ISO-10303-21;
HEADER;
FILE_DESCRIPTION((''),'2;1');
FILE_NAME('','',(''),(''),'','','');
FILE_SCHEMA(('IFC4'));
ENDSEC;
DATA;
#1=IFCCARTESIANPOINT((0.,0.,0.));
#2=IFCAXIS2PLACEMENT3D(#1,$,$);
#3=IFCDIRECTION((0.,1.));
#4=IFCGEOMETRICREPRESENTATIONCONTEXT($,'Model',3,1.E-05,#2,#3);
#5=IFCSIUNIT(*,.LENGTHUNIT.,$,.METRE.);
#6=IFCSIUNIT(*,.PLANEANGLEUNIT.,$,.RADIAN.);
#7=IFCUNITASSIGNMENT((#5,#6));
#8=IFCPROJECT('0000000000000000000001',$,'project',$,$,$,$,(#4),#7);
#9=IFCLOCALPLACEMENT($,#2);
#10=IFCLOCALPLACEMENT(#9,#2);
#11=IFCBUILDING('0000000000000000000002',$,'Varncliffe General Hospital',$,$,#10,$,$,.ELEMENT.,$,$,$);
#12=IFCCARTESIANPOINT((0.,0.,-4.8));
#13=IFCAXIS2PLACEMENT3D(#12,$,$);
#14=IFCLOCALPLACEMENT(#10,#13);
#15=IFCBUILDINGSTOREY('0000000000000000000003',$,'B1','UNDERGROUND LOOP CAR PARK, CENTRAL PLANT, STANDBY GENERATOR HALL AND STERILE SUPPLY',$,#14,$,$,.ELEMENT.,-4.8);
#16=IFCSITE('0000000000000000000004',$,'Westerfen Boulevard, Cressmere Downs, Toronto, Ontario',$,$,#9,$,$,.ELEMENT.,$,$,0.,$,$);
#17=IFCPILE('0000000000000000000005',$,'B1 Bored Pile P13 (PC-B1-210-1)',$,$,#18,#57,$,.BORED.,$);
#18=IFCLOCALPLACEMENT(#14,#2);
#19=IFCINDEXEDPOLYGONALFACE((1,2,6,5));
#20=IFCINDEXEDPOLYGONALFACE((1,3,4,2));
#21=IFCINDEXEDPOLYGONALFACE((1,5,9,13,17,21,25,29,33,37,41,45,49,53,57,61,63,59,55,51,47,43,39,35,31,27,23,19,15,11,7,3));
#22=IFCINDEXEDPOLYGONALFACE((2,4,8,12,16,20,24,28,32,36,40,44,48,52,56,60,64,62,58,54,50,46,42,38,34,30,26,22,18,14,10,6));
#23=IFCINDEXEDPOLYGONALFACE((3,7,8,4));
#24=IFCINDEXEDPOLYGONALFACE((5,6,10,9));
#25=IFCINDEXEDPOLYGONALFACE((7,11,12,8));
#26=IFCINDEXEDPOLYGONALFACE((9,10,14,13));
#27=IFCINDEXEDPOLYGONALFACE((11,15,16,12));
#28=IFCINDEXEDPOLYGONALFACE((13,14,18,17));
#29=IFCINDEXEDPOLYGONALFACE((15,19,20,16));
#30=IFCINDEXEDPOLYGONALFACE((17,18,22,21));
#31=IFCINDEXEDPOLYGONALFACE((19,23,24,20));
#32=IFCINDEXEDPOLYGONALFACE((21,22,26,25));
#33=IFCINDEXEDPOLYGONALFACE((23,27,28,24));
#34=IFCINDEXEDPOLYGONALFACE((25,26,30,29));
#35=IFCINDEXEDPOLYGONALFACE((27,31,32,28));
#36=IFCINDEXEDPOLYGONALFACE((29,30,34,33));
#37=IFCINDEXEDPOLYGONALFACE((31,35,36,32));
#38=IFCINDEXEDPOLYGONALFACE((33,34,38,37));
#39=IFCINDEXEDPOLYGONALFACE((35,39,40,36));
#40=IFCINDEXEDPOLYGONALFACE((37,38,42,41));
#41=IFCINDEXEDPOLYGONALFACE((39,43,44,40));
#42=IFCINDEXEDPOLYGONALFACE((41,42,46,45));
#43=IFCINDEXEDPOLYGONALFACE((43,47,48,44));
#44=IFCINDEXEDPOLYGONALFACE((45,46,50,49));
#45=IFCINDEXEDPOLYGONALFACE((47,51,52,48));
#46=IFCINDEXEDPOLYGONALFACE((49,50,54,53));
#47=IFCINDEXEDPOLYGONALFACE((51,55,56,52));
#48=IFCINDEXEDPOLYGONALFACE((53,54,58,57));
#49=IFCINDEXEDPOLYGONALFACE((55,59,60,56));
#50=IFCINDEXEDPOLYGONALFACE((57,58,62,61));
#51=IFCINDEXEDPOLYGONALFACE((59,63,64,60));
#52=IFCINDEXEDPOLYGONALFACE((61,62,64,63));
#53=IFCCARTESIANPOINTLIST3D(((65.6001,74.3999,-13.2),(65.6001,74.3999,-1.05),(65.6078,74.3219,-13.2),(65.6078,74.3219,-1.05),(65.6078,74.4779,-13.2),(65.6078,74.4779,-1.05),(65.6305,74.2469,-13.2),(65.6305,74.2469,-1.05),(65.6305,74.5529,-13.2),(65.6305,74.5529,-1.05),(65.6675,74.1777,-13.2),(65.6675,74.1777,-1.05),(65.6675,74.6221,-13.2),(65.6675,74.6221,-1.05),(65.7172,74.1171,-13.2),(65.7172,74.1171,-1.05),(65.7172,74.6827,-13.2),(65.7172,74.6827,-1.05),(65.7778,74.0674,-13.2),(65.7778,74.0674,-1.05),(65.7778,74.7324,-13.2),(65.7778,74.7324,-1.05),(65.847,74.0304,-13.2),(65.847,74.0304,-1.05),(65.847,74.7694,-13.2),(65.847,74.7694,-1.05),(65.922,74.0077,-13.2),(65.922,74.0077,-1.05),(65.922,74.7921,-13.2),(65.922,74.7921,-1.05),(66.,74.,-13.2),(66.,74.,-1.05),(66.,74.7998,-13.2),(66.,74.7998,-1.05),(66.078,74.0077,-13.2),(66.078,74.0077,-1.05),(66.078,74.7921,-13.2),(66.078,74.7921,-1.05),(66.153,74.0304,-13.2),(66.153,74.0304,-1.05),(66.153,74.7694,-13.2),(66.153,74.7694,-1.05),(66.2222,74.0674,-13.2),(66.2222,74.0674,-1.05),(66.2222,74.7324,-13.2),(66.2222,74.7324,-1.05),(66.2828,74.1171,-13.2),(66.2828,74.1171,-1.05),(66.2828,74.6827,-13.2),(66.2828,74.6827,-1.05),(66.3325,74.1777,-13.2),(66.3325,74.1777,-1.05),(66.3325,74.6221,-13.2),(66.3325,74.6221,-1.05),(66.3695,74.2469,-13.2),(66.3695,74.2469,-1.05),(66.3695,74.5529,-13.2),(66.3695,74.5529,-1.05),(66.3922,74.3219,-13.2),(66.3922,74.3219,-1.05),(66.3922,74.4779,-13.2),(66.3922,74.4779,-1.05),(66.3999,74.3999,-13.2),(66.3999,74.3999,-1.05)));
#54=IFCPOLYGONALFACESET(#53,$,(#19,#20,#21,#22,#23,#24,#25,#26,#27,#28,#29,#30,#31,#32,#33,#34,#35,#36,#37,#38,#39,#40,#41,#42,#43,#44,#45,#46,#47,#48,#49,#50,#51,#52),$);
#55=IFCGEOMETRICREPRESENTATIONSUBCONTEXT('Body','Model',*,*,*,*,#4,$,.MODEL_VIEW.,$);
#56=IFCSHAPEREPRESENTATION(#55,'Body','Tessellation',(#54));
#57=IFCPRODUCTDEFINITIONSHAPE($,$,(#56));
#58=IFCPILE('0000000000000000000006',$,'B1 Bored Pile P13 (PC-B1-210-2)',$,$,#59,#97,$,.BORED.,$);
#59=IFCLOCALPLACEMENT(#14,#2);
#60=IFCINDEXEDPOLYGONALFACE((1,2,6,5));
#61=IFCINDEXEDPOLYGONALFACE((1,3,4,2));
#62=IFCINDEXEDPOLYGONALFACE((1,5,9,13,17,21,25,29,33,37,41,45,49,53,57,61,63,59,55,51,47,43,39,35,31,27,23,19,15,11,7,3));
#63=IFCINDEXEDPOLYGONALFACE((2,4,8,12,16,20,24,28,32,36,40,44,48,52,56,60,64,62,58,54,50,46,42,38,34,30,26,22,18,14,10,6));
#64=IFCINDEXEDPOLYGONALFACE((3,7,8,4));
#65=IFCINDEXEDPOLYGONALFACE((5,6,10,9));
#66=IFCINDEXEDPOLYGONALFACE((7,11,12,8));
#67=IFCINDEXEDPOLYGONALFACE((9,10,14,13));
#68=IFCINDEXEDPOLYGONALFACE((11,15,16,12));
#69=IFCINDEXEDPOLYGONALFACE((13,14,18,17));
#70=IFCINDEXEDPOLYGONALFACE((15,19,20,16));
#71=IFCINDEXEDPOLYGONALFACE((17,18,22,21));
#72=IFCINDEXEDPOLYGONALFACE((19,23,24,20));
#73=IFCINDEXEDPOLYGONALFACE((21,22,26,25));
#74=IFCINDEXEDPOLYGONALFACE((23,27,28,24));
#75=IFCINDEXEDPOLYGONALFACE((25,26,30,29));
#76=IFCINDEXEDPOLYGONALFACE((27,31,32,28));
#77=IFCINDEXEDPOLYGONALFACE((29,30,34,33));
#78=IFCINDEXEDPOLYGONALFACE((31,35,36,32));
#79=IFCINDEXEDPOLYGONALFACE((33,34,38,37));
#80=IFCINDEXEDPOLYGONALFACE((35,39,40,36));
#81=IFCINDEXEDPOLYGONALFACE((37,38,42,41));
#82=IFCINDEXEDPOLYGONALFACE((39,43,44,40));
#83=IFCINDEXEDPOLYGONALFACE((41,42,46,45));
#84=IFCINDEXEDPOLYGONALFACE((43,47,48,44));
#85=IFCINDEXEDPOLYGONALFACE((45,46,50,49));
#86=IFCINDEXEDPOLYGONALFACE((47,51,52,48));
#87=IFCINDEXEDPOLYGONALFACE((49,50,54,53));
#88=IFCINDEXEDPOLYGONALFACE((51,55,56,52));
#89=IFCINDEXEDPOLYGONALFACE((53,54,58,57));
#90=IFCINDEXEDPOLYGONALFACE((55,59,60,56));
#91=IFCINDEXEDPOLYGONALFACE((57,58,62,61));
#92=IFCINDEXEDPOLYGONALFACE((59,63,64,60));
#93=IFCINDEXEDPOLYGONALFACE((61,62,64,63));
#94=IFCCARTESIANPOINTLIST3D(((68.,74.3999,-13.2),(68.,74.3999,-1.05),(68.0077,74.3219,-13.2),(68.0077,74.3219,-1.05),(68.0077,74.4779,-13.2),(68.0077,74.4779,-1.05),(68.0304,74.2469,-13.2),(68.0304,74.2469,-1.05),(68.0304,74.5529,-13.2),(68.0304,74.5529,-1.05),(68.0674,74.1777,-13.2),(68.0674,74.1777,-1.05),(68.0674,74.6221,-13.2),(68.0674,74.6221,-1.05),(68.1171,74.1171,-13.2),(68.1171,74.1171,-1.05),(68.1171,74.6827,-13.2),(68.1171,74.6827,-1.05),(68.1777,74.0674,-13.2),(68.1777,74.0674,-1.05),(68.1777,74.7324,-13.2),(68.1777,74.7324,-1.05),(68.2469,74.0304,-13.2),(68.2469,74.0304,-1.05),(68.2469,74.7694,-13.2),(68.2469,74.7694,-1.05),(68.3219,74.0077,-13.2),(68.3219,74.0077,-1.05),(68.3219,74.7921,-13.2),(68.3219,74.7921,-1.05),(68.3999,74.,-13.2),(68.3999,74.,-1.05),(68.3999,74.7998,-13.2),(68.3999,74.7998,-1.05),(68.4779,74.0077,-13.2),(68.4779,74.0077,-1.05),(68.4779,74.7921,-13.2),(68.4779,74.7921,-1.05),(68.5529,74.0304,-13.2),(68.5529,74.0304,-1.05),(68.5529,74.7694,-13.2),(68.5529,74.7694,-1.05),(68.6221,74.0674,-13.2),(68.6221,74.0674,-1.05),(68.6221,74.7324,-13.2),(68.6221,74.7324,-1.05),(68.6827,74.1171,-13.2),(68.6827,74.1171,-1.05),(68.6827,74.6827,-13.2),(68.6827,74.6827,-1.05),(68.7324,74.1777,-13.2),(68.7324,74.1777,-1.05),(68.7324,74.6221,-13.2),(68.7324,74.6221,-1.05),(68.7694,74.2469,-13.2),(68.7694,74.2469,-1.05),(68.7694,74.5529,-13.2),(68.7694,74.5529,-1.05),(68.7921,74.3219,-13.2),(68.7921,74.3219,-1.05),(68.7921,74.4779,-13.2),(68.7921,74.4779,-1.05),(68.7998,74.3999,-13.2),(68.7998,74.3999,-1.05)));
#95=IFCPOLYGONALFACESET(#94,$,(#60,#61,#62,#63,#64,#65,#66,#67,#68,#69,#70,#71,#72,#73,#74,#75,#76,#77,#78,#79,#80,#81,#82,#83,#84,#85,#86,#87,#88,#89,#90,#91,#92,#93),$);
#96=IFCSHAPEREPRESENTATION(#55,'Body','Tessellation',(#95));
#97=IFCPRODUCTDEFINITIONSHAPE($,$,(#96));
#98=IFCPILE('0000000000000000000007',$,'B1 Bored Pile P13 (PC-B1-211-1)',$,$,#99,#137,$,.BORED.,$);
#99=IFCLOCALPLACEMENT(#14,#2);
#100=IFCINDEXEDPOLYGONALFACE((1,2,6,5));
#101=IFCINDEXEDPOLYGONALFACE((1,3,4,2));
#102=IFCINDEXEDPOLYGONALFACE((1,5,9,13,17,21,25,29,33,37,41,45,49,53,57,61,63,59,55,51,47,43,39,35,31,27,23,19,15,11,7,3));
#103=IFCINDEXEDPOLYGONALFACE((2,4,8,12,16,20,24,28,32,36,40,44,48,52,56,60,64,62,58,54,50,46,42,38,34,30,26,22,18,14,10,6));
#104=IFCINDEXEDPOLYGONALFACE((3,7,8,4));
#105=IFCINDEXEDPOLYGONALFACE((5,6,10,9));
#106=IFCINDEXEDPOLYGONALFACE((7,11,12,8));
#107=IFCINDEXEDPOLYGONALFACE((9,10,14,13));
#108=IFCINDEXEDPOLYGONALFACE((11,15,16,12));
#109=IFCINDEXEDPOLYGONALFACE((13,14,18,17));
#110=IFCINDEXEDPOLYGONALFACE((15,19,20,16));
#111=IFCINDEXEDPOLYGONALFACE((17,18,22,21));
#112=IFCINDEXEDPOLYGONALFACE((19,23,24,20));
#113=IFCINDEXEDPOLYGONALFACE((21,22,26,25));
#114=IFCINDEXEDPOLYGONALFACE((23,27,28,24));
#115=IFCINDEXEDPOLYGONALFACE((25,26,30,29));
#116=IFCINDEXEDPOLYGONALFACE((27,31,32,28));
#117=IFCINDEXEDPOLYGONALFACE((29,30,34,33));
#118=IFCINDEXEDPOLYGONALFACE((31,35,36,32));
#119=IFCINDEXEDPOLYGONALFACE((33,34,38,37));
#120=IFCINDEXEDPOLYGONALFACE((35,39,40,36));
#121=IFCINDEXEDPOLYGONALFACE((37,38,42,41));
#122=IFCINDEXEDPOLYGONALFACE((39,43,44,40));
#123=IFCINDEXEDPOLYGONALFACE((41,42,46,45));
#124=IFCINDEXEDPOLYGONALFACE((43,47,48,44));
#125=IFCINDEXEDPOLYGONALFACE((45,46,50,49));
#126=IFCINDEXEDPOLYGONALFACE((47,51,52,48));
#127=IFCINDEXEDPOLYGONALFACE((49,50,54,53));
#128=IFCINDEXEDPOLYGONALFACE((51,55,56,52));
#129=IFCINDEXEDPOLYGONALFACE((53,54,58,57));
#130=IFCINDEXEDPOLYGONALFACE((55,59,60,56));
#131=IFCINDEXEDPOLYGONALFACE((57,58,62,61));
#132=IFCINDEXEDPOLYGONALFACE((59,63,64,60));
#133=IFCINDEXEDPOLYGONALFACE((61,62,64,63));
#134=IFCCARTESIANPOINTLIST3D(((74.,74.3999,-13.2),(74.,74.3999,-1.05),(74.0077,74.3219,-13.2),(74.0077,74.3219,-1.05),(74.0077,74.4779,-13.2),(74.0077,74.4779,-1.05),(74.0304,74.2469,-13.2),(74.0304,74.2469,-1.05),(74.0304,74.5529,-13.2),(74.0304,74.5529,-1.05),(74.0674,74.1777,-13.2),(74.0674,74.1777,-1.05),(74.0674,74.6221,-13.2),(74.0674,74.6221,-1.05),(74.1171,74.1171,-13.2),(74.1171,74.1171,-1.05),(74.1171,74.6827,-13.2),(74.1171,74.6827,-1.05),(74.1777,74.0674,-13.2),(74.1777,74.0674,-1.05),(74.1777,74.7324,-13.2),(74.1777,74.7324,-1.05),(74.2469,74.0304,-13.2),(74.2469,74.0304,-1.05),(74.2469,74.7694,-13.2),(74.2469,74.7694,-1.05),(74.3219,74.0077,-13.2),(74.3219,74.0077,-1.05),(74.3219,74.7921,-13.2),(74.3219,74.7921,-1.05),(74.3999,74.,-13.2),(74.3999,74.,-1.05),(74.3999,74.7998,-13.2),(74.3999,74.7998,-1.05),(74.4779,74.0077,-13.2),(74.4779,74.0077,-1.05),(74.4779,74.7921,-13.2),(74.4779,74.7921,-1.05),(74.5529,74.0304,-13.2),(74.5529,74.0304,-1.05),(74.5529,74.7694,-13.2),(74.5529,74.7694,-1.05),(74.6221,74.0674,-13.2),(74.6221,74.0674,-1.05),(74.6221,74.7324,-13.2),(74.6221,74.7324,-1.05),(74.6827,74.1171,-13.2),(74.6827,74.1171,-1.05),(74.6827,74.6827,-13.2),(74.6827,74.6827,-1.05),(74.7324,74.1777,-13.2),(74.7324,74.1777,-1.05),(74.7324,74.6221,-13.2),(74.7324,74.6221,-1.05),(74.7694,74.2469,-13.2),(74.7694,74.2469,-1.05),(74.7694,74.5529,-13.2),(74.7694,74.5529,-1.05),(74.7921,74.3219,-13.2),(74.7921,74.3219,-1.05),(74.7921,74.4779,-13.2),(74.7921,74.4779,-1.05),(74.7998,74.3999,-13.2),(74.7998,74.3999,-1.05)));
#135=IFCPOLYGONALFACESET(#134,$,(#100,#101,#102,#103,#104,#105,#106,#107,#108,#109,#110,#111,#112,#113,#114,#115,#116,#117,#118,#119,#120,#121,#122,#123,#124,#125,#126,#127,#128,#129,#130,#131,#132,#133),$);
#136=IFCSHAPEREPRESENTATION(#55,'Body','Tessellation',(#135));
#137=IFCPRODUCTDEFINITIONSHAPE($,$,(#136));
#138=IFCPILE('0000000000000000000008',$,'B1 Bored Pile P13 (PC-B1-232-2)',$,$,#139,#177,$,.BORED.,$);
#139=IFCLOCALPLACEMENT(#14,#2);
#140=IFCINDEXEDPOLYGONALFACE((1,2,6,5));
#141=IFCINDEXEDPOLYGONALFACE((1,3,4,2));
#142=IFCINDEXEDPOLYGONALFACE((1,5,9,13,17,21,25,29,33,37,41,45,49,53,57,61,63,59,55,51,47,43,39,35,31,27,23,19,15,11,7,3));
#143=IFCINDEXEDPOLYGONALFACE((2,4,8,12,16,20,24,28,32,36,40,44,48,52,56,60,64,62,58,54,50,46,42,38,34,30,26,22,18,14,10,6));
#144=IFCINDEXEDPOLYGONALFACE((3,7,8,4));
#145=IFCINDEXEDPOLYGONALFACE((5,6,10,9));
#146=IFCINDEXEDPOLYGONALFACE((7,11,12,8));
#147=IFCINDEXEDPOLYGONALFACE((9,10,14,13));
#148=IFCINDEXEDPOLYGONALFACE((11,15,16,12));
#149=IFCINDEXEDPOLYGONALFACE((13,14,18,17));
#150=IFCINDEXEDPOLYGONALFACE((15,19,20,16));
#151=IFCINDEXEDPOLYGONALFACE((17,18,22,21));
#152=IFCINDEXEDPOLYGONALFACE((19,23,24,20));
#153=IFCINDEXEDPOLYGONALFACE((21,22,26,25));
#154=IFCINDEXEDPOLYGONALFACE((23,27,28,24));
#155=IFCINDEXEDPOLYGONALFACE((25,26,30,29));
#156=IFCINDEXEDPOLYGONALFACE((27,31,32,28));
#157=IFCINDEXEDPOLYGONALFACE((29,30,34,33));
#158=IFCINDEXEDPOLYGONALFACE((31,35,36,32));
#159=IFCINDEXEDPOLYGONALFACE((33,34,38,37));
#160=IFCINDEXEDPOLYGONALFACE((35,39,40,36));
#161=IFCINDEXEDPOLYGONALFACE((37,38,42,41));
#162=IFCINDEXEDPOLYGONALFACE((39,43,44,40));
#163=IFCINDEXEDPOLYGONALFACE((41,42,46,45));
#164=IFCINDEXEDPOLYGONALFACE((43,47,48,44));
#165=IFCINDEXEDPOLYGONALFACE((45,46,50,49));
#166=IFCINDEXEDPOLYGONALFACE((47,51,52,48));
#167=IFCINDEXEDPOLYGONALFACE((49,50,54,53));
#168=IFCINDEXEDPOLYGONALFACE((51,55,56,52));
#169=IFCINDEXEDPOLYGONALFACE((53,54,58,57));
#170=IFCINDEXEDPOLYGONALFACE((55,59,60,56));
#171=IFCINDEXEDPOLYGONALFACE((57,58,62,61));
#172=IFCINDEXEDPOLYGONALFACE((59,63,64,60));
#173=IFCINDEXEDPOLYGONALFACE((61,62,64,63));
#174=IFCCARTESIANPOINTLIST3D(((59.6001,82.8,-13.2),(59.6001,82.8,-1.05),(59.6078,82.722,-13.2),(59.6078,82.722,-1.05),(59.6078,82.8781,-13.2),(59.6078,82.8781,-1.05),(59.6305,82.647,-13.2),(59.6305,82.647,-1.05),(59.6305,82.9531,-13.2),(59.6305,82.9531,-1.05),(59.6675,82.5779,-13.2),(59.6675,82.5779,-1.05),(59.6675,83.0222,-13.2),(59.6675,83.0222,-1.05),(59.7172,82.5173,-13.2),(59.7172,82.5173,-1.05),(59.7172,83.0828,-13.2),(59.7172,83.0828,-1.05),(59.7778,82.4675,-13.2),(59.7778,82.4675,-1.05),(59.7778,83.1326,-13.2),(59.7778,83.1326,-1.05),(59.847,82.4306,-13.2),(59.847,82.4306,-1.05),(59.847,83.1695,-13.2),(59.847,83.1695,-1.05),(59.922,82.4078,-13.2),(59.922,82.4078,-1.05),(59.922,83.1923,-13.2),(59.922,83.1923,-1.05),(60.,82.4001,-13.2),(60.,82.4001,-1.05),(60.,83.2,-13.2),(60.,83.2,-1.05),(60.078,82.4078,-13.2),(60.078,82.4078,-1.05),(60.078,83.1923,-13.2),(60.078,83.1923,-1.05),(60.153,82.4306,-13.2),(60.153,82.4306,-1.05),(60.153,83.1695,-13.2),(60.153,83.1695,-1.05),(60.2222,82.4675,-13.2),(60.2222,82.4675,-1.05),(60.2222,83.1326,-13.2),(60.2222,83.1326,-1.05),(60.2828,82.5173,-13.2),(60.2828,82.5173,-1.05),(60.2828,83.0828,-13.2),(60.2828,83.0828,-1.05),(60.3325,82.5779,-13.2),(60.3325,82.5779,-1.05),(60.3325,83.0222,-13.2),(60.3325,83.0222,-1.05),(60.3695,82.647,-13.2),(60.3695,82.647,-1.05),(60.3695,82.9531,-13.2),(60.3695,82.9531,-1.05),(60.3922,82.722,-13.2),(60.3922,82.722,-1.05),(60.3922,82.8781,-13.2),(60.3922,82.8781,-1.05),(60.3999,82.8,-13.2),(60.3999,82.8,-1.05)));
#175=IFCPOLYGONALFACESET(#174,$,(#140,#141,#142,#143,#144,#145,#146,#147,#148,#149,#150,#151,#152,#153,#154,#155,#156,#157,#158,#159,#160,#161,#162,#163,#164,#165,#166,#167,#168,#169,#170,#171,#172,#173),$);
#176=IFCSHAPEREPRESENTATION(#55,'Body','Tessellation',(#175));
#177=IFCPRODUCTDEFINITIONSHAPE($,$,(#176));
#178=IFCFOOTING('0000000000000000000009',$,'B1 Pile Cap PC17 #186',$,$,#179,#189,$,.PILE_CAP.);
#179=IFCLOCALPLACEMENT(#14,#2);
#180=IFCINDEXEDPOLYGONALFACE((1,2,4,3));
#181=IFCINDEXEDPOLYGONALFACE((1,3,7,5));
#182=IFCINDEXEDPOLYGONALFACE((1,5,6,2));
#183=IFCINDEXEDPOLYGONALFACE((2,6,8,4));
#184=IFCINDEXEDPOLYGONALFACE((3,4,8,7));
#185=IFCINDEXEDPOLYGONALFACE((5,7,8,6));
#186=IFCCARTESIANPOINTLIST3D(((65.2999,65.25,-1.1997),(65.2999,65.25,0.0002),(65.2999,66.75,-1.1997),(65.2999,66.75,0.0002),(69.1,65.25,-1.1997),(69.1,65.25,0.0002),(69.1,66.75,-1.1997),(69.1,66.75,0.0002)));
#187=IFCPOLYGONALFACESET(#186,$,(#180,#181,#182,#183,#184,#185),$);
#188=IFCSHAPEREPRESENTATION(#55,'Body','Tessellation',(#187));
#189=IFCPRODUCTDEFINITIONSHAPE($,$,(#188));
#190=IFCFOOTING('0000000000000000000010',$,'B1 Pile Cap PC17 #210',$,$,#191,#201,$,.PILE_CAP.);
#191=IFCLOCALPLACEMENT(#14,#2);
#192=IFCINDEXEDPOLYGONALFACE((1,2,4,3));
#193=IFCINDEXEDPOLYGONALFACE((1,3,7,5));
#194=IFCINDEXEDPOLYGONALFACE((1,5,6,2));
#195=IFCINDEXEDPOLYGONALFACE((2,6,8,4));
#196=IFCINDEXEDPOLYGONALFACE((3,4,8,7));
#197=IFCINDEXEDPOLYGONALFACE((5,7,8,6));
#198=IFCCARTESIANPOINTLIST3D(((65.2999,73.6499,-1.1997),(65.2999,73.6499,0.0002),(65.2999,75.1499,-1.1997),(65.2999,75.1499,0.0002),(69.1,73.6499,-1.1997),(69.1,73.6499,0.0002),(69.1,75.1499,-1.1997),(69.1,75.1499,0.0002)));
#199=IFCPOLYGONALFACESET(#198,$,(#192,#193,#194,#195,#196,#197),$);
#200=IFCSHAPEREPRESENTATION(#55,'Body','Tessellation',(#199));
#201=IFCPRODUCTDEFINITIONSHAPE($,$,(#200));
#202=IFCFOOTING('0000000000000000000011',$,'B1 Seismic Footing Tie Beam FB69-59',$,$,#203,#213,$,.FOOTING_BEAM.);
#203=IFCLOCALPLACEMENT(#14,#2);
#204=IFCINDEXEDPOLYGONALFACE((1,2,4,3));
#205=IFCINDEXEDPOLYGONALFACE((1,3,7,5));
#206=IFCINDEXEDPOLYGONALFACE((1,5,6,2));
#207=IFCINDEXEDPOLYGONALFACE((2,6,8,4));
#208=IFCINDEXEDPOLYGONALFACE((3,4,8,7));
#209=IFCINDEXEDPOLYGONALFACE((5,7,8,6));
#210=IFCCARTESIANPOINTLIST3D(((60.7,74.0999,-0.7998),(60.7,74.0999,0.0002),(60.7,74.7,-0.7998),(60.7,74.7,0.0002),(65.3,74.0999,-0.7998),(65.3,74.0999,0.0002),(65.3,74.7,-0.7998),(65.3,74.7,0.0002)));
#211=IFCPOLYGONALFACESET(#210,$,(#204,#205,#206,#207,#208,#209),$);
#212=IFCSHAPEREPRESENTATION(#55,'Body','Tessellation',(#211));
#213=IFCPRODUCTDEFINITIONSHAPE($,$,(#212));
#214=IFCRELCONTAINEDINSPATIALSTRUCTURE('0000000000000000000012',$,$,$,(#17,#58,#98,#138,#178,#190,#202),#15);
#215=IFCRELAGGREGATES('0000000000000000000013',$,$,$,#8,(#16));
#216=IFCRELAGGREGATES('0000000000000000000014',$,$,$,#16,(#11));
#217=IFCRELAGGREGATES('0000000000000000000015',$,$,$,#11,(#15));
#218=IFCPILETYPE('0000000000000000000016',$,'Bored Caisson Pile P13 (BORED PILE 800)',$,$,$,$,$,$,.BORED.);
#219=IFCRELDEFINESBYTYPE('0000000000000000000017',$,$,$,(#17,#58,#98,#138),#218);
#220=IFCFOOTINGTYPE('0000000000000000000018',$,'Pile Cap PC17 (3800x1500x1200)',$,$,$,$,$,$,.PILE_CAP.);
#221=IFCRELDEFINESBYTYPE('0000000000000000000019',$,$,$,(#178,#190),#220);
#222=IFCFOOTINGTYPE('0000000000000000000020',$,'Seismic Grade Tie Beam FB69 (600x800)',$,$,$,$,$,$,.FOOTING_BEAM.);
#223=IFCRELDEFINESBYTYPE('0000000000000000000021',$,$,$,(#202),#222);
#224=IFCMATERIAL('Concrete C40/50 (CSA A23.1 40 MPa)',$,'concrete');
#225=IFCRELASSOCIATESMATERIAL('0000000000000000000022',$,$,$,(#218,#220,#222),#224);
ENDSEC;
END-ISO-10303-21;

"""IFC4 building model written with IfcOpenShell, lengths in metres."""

from ifc_helpers import new_model, si_unit, direction, frame, origin, origin_2d, place, context, subcontext, project, spatial, rectangle, circle, extrude, material, material_profile, profile_set, type_object, element, save


model = new_model("IFC4")

# Units and contexts
model_context = context("Model", 3, precision=1e-05, world=origin(), true_north=direction((0.0, 1.0)))
body_context = subcontext(model_context, "Body", "Model", "MODEL_VIEW")
ifc_project = project(units=[si_unit("LENGTHUNIT", "METRE"), si_unit("PLANEANGLEUNIT", "RADIAN")], contexts=[model_context])

# Site, building, storey
site_placement = place(None, origin())
site = spatial("IfcSite", under=ifc_project, at=site_placement, Name="Westerfen Boulevard, Cressmere Downs, Toronto, Ontario", CompositionType="ELEMENT", RefElevation=0.0)
building_placement = place(site_placement, origin())
building = spatial("IfcBuilding", under=site, at=building_placement, Name="Varncliffe General Hospital", CompositionType="ELEMENT")
storey_placement = place(building_placement, frame((0.0, 0.0, -4.8)))
storey = spatial("IfcBuildingStorey", under=building, at=storey_placement, Name="B1", Description="UNDERGROUND LOOP CAR PARK, CENTRAL PLANT, STANDBY GENERATOR HALL AND STERILE SUPPLY", CompositionType="ELEMENT", Elevation=-4.8)

# Piles
ifc_material_1 = material(Name="Concrete C40/50 (CSA A23.1 40 MPa)", Category="concrete")
ifc_material_profile_1 = material_profile(ifc_material_1, circle(Radius=0.3999, at=origin_2d()), Name="BORED PILE 800")
ifc_profile_set_1 = profile_set([ifc_material_profile_1], Name="Concrete C40/50 (CSA A23.1 40 MPa)")
pile_type = type_object("IfcPileType", Name="Bored Caisson Pile P13 (BORED PILE 800)", PredefinedType="BORED", material=ifc_profile_set_1)
for number, where, z_axis, x_axis, name in (
    (1, (66.0, 74.3999, -1.05), (0.0, 0.0, -1.0), (1.0, 0.0, 0.0), "B1 Bored Pile P13 (PC-B1-210-1)"),
    (2, (68.3999, 74.3999, -1.05), (0.0, 0.0, -1.0), (1.0, 0.0, 0.0), "B1 Bored Pile P13 (PC-B1-210-2)"),
    (3, (74.3999, 74.3999, -1.05), (0.0, 0.0, -1.0), (1.0, 0.0, 0.0), "B1 Bored Pile P13 (PC-B1-211-1)"),
    (4, (60.0, 82.8, -1.05), (0.0, 0.0, -1.0), (1.0, 0.0, 0.0), "B1 Bored Pile P13 (PC-B1-232-2)"),
):
    element("IfcPile", number, at=place(storey_placement, frame(where, z_axis=z_axis, x_axis=x_axis)), inside=storey, type_object=pile_type, Name=name, PredefinedType="BORED", context=body_context, shape_type="SweptSolid", body=[
        extrude(circle(Radius=0.3999, at=origin_2d()), origin(), (0.0, 0.0, 1.0), 12.1499),
    ])

# Footings
footing_type_1 = type_object("IfcFootingType", Name="Pile Cap PC17 (3800x1500x1200)", PredefinedType="PILE_CAP", material=ifc_material_1)
for number, where, z_axis, x_axis, name in (
    (5, (67.2, 66.0, -1.1997), (0.0, 0.0, 1.0), (1.0, 0.0, 0.0), "B1 Pile Cap PC17 #186"),
    (6, (67.2, 74.3999, -1.1997), (0.0, 0.0, 1.0), (1.0, 0.0, 0.0), "B1 Pile Cap PC17 #210"),
):
    element("IfcFooting", number, at=place(storey_placement, frame(where, z_axis=z_axis, x_axis=x_axis)), inside=storey, type_object=footing_type_1, Name=name, PredefinedType="PILE_CAP", context=body_context, shape_type="SweptSolid", body=[
        extrude(rectangle(XDim=3.8, YDim=1.5, at=origin_2d()), origin(), (0.0, 0.0, 1.0), 1.2),
    ])
footing_type_2 = type_object("IfcFootingType", Name="Seismic Grade Tie Beam FB69 (600x800)", PredefinedType="FOOTING_BEAM", material=ifc_material_1)
for number, where, z_axis, x_axis, name in (
    (7, (63.0, 74.3999, -0.7998), (0.0, 0.0, 1.0), (1.0, 0.0, 0.0), "B1 Seismic Footing Tie Beam FB69-59"),
):
    element("IfcFooting", number, at=place(storey_placement, frame(where, z_axis=z_axis, x_axis=x_axis)), inside=storey, type_object=footing_type_2, Name=name, PredefinedType="FOOTING_BEAM", context=body_context, shape_type="SweptSolid", body=[
        extrude(rectangle(XDim=4.6001, YDim=0.6001, at=origin_2d()), origin(), (0.0, 0.0, 1.0), 0.8),
    ])

save(model, "model.ifc")
